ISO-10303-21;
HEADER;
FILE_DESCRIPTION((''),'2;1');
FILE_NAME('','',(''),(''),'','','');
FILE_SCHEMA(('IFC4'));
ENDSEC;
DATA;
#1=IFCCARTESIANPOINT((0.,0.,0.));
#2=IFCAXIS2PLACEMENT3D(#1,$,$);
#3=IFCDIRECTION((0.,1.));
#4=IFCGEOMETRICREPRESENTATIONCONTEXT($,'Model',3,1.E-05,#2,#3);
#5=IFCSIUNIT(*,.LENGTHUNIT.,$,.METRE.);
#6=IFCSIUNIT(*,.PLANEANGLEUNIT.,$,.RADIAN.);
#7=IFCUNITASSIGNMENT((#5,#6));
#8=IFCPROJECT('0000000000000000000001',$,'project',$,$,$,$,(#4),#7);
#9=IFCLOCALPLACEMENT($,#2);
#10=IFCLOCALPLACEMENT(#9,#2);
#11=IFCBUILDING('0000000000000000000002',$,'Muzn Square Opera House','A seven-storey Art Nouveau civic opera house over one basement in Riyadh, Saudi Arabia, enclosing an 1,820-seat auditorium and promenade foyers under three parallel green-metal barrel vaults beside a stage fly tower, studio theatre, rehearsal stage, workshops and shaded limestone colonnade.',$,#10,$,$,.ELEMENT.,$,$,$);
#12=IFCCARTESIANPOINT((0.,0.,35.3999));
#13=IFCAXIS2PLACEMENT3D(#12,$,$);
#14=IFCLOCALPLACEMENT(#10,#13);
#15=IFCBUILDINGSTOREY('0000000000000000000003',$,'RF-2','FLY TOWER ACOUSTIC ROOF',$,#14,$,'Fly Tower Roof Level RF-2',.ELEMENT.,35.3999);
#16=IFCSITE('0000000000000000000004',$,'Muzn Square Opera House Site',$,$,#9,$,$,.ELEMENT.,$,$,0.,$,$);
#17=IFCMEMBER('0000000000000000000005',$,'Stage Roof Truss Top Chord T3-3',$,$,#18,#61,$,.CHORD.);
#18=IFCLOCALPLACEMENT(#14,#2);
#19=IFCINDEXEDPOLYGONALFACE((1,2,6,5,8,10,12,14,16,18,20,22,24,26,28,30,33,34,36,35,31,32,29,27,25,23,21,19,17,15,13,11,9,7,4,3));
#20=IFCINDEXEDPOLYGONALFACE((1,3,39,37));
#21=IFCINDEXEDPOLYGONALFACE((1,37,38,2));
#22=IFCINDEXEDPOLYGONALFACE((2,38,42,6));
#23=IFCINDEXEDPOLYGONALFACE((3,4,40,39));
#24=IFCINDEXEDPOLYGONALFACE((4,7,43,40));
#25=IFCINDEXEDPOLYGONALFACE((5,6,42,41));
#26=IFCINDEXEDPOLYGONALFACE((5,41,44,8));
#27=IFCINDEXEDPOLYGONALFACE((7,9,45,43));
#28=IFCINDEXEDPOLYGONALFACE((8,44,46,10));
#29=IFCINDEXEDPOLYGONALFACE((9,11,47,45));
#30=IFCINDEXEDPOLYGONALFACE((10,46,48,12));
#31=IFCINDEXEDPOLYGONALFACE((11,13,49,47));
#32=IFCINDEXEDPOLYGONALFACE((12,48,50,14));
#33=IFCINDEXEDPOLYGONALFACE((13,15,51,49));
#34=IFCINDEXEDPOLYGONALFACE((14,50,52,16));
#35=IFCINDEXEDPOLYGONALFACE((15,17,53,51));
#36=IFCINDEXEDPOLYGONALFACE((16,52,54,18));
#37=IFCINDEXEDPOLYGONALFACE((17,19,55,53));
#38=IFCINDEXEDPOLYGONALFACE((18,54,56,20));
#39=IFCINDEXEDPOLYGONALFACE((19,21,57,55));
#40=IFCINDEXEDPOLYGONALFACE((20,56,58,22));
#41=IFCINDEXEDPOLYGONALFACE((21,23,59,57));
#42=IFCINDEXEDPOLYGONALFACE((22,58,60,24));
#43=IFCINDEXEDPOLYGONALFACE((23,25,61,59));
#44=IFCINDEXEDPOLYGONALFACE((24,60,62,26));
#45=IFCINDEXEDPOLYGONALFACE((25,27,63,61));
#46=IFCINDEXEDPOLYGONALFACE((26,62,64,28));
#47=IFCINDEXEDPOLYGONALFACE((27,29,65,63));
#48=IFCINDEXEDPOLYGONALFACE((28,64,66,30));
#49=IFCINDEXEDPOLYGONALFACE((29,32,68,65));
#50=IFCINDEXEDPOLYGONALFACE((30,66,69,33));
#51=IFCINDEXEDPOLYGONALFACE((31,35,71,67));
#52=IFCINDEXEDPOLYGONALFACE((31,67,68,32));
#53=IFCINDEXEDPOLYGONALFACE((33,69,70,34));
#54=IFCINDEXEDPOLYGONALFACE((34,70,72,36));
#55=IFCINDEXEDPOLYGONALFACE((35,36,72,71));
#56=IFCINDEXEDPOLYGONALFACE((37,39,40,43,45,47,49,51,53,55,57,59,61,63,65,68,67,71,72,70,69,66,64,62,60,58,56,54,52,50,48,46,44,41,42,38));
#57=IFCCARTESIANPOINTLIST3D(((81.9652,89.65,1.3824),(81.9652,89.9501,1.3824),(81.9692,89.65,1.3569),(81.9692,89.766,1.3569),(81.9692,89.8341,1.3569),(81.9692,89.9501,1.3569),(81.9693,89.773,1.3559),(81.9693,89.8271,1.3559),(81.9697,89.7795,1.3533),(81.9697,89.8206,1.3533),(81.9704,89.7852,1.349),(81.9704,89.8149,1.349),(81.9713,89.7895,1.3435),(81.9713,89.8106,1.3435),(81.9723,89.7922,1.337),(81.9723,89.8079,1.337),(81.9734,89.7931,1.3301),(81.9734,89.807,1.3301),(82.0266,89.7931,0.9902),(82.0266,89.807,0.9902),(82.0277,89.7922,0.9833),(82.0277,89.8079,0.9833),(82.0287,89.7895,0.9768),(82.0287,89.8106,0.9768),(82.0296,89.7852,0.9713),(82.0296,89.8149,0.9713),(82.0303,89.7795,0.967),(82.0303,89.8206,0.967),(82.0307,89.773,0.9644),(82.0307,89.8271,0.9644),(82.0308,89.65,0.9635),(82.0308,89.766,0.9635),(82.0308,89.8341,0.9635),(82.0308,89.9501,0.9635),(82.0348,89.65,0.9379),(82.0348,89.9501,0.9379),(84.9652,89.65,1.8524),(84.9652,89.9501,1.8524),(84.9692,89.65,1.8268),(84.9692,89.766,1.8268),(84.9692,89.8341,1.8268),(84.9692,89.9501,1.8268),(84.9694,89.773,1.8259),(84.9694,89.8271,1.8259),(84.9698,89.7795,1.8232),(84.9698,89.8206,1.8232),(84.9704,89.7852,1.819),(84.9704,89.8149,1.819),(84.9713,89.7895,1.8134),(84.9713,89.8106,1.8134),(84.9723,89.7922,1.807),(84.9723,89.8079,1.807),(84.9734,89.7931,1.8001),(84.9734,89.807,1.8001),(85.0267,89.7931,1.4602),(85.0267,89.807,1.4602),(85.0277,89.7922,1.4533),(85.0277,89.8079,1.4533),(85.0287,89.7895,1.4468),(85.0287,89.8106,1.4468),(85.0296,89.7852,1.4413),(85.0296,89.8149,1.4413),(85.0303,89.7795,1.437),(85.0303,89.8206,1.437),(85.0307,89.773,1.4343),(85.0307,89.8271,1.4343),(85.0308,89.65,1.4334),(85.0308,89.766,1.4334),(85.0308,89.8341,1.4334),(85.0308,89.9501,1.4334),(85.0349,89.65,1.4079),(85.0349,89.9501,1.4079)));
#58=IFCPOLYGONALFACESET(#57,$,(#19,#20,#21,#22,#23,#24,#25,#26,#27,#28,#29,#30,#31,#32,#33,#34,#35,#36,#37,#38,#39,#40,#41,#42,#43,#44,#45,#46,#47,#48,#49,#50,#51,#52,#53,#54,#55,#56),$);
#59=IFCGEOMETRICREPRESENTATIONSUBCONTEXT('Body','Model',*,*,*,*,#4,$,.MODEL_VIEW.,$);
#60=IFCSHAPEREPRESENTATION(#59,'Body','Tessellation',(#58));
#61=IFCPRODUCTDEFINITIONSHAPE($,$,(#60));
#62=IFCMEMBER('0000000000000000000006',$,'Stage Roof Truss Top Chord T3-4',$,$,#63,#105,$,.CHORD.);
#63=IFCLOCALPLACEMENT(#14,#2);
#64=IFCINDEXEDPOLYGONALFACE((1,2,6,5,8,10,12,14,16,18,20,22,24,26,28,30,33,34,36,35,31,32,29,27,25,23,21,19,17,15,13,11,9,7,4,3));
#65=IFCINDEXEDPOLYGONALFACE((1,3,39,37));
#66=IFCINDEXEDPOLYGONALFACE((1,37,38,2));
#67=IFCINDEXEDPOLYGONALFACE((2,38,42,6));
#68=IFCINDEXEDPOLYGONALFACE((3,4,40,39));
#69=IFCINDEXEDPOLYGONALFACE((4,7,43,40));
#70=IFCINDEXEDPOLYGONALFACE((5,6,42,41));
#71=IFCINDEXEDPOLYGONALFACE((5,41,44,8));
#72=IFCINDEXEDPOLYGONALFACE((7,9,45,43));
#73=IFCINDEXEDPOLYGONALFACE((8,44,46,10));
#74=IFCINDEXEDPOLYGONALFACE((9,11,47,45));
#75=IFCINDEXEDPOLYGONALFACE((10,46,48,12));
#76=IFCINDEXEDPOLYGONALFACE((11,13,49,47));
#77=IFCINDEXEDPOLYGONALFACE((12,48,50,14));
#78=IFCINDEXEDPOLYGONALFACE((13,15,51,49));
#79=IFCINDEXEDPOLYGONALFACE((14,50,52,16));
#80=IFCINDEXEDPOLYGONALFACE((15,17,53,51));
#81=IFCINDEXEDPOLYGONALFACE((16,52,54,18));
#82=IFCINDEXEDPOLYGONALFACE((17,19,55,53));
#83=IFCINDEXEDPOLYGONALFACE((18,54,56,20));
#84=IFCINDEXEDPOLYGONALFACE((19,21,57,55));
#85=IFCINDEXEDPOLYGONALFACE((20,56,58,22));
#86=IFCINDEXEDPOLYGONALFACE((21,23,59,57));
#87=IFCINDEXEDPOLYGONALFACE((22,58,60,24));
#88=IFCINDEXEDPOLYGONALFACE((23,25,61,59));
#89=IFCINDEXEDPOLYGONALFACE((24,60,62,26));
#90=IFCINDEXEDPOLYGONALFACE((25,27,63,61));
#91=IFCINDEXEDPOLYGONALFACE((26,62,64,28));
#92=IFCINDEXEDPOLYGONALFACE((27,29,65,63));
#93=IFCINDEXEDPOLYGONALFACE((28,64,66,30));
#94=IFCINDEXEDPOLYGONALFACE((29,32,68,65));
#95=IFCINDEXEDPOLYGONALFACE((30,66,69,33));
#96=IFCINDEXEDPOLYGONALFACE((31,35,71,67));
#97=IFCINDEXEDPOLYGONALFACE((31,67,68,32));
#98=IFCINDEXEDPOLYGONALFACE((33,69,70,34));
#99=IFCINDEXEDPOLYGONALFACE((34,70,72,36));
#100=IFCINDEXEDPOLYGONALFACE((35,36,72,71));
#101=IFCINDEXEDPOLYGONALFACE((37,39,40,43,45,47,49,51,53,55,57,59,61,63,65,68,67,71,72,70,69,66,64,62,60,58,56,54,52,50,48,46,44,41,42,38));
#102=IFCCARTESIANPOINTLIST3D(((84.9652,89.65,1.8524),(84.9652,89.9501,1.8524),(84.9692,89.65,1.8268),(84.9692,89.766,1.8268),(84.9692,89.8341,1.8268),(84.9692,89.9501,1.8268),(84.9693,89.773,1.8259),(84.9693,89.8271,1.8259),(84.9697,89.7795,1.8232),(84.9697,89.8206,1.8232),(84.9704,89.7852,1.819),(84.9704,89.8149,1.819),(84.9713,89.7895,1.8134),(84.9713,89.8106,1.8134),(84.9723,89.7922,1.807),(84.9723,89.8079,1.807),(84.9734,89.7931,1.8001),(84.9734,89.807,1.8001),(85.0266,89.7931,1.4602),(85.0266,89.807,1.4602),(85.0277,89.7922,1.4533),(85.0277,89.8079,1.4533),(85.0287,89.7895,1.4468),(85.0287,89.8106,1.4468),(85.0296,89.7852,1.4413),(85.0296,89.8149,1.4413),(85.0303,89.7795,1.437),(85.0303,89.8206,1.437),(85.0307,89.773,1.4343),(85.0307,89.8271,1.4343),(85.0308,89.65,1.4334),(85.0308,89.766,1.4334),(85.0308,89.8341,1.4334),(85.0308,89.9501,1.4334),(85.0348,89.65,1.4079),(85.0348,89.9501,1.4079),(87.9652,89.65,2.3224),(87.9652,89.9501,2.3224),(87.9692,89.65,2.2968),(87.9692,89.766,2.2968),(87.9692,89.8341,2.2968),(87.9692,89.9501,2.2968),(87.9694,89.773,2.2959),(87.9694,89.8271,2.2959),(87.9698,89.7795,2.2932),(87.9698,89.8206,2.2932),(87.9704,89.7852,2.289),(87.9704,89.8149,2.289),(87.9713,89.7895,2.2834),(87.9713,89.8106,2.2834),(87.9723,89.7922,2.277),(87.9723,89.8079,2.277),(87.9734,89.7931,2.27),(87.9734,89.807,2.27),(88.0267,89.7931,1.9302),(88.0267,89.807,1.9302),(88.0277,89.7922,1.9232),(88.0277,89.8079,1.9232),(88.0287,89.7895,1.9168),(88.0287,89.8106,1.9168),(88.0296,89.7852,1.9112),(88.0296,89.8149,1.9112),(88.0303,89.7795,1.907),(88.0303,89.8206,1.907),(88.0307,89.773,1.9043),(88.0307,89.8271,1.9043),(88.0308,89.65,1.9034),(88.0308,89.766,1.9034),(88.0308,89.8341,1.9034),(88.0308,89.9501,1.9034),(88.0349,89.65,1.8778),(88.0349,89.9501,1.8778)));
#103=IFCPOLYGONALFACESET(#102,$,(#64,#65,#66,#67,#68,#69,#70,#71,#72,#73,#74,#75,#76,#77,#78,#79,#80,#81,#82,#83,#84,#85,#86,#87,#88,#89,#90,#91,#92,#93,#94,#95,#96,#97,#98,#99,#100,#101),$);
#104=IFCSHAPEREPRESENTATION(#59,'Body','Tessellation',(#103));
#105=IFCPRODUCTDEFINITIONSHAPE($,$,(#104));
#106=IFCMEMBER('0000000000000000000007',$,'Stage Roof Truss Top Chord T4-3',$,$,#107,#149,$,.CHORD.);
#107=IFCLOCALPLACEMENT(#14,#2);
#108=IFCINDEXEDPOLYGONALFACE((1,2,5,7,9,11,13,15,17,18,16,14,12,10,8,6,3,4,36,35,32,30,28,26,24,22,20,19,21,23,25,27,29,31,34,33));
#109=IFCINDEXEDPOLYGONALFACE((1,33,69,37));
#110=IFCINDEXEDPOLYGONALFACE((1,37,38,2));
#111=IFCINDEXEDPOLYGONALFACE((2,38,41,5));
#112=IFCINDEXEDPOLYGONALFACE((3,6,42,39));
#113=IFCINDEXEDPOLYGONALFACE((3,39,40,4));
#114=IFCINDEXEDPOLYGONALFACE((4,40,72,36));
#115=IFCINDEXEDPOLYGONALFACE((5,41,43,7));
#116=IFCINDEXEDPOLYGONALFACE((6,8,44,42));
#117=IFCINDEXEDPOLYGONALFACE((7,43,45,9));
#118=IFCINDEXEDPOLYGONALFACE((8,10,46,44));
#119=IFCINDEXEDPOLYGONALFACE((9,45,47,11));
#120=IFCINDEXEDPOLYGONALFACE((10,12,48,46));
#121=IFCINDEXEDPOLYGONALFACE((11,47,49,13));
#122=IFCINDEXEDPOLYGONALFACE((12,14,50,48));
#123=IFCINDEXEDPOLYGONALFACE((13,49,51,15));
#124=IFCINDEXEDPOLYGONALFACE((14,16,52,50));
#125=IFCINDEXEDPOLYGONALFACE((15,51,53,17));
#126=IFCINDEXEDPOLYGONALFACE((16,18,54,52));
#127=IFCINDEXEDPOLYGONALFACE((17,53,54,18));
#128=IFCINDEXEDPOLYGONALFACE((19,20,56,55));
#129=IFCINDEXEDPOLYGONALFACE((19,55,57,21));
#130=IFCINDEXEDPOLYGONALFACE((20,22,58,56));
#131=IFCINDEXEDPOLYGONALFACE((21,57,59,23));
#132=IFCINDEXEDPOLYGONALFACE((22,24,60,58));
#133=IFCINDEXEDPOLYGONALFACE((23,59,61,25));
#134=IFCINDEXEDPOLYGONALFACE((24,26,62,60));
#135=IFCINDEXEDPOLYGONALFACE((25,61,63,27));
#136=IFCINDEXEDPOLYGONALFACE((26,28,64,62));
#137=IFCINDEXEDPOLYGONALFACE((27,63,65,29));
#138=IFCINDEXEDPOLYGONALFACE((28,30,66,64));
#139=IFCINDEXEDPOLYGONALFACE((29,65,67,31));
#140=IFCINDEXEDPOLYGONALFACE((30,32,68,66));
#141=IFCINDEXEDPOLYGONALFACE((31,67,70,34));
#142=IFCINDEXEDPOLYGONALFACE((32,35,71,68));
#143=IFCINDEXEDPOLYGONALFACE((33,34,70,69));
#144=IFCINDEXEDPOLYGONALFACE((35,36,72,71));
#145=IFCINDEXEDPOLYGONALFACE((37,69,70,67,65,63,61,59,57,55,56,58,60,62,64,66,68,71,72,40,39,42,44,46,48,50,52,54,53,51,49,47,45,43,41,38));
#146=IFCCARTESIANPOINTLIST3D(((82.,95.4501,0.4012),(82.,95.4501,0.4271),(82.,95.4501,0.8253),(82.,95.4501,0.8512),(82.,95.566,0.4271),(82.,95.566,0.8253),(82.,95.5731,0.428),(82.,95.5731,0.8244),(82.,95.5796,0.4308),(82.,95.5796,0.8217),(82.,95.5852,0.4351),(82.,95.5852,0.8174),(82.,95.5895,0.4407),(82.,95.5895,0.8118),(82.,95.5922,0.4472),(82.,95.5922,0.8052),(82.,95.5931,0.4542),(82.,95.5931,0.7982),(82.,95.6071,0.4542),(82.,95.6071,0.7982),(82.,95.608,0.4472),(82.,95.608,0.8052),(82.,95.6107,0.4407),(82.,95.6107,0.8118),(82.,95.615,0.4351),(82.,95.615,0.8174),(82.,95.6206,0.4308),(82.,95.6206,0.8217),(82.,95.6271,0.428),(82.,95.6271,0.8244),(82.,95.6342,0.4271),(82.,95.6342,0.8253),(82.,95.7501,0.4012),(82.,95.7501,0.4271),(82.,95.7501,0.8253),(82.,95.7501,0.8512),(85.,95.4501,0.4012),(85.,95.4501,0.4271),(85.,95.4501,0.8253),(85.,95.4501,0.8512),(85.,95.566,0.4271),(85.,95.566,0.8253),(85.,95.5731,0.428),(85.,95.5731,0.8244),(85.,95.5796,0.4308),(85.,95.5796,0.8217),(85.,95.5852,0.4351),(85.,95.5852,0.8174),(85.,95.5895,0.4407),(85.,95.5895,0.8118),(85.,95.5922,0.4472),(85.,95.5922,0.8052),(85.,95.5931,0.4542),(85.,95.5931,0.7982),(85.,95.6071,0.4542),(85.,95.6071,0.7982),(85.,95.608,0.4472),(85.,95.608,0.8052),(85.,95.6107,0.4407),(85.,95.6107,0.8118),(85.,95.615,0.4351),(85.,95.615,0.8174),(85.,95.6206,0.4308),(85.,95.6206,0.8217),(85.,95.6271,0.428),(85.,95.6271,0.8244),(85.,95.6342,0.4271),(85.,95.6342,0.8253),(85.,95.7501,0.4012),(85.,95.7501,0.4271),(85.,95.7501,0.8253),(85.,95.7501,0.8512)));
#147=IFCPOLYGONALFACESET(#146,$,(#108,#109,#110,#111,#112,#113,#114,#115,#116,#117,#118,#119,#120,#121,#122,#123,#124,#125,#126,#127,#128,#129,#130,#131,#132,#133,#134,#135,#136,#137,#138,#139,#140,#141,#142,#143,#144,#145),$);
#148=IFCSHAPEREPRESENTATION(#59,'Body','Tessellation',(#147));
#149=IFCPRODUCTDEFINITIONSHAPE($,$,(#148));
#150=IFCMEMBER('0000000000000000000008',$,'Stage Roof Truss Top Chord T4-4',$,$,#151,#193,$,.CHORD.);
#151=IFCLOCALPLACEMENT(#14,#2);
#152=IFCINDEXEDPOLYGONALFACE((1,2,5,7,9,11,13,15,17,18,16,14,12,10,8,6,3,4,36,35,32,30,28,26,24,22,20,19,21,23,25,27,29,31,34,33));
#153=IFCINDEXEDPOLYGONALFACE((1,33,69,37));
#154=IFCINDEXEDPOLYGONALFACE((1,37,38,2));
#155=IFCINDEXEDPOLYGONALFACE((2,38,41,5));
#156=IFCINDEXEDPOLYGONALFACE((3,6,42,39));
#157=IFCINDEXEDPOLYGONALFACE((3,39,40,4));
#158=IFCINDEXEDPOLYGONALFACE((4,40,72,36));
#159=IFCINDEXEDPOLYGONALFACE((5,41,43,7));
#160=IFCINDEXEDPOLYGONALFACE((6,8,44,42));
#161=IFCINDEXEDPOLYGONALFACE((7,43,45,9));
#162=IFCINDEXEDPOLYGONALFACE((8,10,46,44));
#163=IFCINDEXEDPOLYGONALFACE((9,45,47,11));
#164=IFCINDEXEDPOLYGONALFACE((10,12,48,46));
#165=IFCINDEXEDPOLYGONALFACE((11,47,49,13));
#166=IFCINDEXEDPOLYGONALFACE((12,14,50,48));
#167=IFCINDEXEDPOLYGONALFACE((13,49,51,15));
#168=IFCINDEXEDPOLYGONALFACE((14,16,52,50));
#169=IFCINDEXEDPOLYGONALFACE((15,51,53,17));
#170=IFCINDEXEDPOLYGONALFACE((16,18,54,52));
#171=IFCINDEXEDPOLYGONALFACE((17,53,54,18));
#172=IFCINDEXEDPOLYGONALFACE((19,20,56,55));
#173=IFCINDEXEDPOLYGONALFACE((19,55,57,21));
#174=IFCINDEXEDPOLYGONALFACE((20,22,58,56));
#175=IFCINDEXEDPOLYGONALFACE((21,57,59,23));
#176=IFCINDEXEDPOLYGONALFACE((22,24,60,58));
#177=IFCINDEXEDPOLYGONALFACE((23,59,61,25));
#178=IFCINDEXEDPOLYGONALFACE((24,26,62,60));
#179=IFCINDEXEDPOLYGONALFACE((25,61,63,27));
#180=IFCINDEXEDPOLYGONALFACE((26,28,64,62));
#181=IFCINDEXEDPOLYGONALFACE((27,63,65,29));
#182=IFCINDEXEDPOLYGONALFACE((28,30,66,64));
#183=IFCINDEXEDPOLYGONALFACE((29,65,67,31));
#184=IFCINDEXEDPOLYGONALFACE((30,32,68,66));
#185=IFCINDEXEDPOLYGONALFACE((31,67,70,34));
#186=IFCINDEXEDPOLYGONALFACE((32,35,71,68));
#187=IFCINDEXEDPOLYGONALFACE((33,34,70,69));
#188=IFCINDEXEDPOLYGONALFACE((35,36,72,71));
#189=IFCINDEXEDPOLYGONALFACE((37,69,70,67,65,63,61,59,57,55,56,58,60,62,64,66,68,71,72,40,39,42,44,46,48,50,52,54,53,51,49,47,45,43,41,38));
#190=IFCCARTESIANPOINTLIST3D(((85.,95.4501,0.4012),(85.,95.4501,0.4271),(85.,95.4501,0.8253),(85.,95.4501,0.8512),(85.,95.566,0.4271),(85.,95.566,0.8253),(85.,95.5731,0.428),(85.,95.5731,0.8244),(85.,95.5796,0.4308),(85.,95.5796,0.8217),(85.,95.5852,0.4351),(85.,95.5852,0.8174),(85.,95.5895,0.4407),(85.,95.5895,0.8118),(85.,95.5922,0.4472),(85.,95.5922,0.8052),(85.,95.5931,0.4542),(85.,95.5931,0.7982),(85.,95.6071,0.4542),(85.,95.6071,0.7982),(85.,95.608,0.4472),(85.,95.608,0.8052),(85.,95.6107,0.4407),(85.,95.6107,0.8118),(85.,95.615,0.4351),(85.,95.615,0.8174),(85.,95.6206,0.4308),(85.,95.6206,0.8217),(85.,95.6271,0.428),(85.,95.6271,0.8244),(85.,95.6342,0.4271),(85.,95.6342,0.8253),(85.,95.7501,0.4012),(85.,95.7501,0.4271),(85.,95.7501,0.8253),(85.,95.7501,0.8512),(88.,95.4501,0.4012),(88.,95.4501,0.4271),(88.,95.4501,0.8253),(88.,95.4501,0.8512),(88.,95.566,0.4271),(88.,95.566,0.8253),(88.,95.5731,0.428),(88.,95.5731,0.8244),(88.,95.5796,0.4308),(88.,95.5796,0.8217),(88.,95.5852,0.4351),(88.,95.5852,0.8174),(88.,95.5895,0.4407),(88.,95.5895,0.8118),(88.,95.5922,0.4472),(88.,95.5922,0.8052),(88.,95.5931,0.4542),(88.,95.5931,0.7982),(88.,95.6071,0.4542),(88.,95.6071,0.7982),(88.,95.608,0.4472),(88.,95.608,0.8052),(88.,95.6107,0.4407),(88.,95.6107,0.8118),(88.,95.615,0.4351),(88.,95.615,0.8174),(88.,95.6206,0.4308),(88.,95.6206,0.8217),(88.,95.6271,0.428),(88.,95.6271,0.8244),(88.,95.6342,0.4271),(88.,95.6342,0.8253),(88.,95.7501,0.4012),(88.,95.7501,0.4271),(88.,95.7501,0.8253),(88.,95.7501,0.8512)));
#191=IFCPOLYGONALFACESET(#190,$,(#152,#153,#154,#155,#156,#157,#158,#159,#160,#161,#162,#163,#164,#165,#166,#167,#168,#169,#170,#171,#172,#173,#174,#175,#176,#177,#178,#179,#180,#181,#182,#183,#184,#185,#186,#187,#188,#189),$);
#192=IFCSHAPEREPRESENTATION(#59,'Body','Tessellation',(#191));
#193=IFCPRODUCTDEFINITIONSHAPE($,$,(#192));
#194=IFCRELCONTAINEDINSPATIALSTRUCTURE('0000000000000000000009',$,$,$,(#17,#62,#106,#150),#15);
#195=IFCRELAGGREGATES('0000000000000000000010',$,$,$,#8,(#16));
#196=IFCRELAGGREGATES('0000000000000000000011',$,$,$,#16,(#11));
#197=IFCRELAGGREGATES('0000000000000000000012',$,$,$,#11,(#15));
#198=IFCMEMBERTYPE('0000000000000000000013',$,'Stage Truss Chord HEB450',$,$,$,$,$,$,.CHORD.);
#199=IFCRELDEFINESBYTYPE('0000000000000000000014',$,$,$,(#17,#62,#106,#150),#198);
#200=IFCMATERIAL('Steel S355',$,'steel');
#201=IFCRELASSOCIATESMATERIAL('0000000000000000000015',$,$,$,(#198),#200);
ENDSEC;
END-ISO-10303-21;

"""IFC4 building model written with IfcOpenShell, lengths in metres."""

from ifc_helpers import new_model, si_unit, direction, frame, origin, origin_2d, place, context, subcontext, project, spatial, i_section, extrude, material, material_profile, profile_set, type_object, element, save


model = new_model("IFC4")

# Units and contexts
model_context = context("Model", 3, precision=1e-05, world=origin(), true_north=direction((0.0, 1.0)))
body_context = subcontext(model_context, "Body", "Model", "MODEL_VIEW")
ifc_project = project(units=[si_unit("LENGTHUNIT", "METRE"), si_unit("PLANEANGLEUNIT", "RADIAN")], contexts=[model_context])

# Site, building, storey
site_placement = place(None, origin())
site = spatial("IfcSite", under=ifc_project, at=site_placement, Name="Muzn Square Opera House Site", CompositionType="ELEMENT", RefElevation=0.0)
building_placement = place(site_placement, origin())
building = spatial("IfcBuilding", under=site, at=building_placement, Name="Muzn Square Opera House", Description="A seven-storey Art Nouveau civic opera house over one basement in Riyadh, Saudi Arabia, enclosing an 1,820-seat auditorium and promenade foyers under three parallel green-metal barrel vaults beside a stage fly tower, studio theatre, rehearsal stage, workshops and shaded limestone colonnade.", CompositionType="ELEMENT")
storey_placement = place(building_placement, frame((0.0, 0.0, 35.3999)))
storey = spatial("IfcBuildingStorey", under=building, at=storey_placement, Name="RF-2", Description="FLY TOWER ACOUSTIC ROOF", LongName="Fly Tower Roof Level RF-2", CompositionType="ELEMENT", Elevation=35.3999)

# Members
ifc_material_1 = material(Name="Steel S355", Category="steel")
ifc_material_profile_1 = material_profile(ifc_material_1, i_section(OverallWidth=0.3, OverallDepth=0.45, WebThickness=0.0139, FlangeThickness=0.0259, FilletRadius=0.0271, at=origin_2d()), Name="HEB 450", Category="steel")
ifc_profile_set_1 = profile_set([ifc_material_profile_1], Name="Steel S355")
member_type_1 = type_object("IfcMemberType", Name="Stage Truss Chord HEB450", PredefinedType="CHORD", material=ifc_profile_set_1)
for number, where, z_axis, x_axis, name in (
    (1, (82.0, 89.8, 1.1602), (0.987951, 0.0, 0.154769), (0.0, 1.0, 0.0), "Stage Roof Truss Top Chord T3-3"),
    (2, (85.0, 89.8, 1.6301), (0.987951, 0.0, 0.154769), (0.0, 1.0, 0.0), "Stage Roof Truss Top Chord T3-4"),
):
    element("IfcMember", number, at=place(storey_placement, frame(where, z_axis=z_axis, x_axis=x_axis)), inside=storey, type_object=member_type_1, Name=name, PredefinedType="CHORD", context=body_context, shape_type="SweptSolid", body=[
        extrude(i_section(OverallWidth=0.3, OverallDepth=0.45, WebThickness=0.0139, FlangeThickness=0.0259, FilletRadius=0.0271, at=origin_2d()), origin(), (0.0, 0.0, 1.0), 3.0366),
    ])
for number, where, z_axis, x_axis, name in (
    (3, (82.0, 95.6001, 0.6262), (1.0, 0.0, 0.0), (0.0, 1.0, 0.0), "Stage Roof Truss Top Chord T4-3"),
    (4, (85.0, 95.6001, 0.6262), (1.0, 0.0, 0.0), (0.0, 1.0, 0.0), "Stage Roof Truss Top Chord T4-4"),
):
    element("IfcMember", number, at=place(storey_placement, frame(where, z_axis=z_axis, x_axis=x_axis)), inside=storey, type_object=member_type_1, Name=name, PredefinedType="CHORD", context=body_context, shape_type="SweptSolid", body=[
        extrude(i_section(OverallWidth=0.3, OverallDepth=0.45, WebThickness=0.0139, FlangeThickness=0.0259, FilletRadius=0.0271, at=origin_2d()), origin(), (0.0, 0.0, 1.0), 3.0),
    ])

save(model, "model.ifc")
